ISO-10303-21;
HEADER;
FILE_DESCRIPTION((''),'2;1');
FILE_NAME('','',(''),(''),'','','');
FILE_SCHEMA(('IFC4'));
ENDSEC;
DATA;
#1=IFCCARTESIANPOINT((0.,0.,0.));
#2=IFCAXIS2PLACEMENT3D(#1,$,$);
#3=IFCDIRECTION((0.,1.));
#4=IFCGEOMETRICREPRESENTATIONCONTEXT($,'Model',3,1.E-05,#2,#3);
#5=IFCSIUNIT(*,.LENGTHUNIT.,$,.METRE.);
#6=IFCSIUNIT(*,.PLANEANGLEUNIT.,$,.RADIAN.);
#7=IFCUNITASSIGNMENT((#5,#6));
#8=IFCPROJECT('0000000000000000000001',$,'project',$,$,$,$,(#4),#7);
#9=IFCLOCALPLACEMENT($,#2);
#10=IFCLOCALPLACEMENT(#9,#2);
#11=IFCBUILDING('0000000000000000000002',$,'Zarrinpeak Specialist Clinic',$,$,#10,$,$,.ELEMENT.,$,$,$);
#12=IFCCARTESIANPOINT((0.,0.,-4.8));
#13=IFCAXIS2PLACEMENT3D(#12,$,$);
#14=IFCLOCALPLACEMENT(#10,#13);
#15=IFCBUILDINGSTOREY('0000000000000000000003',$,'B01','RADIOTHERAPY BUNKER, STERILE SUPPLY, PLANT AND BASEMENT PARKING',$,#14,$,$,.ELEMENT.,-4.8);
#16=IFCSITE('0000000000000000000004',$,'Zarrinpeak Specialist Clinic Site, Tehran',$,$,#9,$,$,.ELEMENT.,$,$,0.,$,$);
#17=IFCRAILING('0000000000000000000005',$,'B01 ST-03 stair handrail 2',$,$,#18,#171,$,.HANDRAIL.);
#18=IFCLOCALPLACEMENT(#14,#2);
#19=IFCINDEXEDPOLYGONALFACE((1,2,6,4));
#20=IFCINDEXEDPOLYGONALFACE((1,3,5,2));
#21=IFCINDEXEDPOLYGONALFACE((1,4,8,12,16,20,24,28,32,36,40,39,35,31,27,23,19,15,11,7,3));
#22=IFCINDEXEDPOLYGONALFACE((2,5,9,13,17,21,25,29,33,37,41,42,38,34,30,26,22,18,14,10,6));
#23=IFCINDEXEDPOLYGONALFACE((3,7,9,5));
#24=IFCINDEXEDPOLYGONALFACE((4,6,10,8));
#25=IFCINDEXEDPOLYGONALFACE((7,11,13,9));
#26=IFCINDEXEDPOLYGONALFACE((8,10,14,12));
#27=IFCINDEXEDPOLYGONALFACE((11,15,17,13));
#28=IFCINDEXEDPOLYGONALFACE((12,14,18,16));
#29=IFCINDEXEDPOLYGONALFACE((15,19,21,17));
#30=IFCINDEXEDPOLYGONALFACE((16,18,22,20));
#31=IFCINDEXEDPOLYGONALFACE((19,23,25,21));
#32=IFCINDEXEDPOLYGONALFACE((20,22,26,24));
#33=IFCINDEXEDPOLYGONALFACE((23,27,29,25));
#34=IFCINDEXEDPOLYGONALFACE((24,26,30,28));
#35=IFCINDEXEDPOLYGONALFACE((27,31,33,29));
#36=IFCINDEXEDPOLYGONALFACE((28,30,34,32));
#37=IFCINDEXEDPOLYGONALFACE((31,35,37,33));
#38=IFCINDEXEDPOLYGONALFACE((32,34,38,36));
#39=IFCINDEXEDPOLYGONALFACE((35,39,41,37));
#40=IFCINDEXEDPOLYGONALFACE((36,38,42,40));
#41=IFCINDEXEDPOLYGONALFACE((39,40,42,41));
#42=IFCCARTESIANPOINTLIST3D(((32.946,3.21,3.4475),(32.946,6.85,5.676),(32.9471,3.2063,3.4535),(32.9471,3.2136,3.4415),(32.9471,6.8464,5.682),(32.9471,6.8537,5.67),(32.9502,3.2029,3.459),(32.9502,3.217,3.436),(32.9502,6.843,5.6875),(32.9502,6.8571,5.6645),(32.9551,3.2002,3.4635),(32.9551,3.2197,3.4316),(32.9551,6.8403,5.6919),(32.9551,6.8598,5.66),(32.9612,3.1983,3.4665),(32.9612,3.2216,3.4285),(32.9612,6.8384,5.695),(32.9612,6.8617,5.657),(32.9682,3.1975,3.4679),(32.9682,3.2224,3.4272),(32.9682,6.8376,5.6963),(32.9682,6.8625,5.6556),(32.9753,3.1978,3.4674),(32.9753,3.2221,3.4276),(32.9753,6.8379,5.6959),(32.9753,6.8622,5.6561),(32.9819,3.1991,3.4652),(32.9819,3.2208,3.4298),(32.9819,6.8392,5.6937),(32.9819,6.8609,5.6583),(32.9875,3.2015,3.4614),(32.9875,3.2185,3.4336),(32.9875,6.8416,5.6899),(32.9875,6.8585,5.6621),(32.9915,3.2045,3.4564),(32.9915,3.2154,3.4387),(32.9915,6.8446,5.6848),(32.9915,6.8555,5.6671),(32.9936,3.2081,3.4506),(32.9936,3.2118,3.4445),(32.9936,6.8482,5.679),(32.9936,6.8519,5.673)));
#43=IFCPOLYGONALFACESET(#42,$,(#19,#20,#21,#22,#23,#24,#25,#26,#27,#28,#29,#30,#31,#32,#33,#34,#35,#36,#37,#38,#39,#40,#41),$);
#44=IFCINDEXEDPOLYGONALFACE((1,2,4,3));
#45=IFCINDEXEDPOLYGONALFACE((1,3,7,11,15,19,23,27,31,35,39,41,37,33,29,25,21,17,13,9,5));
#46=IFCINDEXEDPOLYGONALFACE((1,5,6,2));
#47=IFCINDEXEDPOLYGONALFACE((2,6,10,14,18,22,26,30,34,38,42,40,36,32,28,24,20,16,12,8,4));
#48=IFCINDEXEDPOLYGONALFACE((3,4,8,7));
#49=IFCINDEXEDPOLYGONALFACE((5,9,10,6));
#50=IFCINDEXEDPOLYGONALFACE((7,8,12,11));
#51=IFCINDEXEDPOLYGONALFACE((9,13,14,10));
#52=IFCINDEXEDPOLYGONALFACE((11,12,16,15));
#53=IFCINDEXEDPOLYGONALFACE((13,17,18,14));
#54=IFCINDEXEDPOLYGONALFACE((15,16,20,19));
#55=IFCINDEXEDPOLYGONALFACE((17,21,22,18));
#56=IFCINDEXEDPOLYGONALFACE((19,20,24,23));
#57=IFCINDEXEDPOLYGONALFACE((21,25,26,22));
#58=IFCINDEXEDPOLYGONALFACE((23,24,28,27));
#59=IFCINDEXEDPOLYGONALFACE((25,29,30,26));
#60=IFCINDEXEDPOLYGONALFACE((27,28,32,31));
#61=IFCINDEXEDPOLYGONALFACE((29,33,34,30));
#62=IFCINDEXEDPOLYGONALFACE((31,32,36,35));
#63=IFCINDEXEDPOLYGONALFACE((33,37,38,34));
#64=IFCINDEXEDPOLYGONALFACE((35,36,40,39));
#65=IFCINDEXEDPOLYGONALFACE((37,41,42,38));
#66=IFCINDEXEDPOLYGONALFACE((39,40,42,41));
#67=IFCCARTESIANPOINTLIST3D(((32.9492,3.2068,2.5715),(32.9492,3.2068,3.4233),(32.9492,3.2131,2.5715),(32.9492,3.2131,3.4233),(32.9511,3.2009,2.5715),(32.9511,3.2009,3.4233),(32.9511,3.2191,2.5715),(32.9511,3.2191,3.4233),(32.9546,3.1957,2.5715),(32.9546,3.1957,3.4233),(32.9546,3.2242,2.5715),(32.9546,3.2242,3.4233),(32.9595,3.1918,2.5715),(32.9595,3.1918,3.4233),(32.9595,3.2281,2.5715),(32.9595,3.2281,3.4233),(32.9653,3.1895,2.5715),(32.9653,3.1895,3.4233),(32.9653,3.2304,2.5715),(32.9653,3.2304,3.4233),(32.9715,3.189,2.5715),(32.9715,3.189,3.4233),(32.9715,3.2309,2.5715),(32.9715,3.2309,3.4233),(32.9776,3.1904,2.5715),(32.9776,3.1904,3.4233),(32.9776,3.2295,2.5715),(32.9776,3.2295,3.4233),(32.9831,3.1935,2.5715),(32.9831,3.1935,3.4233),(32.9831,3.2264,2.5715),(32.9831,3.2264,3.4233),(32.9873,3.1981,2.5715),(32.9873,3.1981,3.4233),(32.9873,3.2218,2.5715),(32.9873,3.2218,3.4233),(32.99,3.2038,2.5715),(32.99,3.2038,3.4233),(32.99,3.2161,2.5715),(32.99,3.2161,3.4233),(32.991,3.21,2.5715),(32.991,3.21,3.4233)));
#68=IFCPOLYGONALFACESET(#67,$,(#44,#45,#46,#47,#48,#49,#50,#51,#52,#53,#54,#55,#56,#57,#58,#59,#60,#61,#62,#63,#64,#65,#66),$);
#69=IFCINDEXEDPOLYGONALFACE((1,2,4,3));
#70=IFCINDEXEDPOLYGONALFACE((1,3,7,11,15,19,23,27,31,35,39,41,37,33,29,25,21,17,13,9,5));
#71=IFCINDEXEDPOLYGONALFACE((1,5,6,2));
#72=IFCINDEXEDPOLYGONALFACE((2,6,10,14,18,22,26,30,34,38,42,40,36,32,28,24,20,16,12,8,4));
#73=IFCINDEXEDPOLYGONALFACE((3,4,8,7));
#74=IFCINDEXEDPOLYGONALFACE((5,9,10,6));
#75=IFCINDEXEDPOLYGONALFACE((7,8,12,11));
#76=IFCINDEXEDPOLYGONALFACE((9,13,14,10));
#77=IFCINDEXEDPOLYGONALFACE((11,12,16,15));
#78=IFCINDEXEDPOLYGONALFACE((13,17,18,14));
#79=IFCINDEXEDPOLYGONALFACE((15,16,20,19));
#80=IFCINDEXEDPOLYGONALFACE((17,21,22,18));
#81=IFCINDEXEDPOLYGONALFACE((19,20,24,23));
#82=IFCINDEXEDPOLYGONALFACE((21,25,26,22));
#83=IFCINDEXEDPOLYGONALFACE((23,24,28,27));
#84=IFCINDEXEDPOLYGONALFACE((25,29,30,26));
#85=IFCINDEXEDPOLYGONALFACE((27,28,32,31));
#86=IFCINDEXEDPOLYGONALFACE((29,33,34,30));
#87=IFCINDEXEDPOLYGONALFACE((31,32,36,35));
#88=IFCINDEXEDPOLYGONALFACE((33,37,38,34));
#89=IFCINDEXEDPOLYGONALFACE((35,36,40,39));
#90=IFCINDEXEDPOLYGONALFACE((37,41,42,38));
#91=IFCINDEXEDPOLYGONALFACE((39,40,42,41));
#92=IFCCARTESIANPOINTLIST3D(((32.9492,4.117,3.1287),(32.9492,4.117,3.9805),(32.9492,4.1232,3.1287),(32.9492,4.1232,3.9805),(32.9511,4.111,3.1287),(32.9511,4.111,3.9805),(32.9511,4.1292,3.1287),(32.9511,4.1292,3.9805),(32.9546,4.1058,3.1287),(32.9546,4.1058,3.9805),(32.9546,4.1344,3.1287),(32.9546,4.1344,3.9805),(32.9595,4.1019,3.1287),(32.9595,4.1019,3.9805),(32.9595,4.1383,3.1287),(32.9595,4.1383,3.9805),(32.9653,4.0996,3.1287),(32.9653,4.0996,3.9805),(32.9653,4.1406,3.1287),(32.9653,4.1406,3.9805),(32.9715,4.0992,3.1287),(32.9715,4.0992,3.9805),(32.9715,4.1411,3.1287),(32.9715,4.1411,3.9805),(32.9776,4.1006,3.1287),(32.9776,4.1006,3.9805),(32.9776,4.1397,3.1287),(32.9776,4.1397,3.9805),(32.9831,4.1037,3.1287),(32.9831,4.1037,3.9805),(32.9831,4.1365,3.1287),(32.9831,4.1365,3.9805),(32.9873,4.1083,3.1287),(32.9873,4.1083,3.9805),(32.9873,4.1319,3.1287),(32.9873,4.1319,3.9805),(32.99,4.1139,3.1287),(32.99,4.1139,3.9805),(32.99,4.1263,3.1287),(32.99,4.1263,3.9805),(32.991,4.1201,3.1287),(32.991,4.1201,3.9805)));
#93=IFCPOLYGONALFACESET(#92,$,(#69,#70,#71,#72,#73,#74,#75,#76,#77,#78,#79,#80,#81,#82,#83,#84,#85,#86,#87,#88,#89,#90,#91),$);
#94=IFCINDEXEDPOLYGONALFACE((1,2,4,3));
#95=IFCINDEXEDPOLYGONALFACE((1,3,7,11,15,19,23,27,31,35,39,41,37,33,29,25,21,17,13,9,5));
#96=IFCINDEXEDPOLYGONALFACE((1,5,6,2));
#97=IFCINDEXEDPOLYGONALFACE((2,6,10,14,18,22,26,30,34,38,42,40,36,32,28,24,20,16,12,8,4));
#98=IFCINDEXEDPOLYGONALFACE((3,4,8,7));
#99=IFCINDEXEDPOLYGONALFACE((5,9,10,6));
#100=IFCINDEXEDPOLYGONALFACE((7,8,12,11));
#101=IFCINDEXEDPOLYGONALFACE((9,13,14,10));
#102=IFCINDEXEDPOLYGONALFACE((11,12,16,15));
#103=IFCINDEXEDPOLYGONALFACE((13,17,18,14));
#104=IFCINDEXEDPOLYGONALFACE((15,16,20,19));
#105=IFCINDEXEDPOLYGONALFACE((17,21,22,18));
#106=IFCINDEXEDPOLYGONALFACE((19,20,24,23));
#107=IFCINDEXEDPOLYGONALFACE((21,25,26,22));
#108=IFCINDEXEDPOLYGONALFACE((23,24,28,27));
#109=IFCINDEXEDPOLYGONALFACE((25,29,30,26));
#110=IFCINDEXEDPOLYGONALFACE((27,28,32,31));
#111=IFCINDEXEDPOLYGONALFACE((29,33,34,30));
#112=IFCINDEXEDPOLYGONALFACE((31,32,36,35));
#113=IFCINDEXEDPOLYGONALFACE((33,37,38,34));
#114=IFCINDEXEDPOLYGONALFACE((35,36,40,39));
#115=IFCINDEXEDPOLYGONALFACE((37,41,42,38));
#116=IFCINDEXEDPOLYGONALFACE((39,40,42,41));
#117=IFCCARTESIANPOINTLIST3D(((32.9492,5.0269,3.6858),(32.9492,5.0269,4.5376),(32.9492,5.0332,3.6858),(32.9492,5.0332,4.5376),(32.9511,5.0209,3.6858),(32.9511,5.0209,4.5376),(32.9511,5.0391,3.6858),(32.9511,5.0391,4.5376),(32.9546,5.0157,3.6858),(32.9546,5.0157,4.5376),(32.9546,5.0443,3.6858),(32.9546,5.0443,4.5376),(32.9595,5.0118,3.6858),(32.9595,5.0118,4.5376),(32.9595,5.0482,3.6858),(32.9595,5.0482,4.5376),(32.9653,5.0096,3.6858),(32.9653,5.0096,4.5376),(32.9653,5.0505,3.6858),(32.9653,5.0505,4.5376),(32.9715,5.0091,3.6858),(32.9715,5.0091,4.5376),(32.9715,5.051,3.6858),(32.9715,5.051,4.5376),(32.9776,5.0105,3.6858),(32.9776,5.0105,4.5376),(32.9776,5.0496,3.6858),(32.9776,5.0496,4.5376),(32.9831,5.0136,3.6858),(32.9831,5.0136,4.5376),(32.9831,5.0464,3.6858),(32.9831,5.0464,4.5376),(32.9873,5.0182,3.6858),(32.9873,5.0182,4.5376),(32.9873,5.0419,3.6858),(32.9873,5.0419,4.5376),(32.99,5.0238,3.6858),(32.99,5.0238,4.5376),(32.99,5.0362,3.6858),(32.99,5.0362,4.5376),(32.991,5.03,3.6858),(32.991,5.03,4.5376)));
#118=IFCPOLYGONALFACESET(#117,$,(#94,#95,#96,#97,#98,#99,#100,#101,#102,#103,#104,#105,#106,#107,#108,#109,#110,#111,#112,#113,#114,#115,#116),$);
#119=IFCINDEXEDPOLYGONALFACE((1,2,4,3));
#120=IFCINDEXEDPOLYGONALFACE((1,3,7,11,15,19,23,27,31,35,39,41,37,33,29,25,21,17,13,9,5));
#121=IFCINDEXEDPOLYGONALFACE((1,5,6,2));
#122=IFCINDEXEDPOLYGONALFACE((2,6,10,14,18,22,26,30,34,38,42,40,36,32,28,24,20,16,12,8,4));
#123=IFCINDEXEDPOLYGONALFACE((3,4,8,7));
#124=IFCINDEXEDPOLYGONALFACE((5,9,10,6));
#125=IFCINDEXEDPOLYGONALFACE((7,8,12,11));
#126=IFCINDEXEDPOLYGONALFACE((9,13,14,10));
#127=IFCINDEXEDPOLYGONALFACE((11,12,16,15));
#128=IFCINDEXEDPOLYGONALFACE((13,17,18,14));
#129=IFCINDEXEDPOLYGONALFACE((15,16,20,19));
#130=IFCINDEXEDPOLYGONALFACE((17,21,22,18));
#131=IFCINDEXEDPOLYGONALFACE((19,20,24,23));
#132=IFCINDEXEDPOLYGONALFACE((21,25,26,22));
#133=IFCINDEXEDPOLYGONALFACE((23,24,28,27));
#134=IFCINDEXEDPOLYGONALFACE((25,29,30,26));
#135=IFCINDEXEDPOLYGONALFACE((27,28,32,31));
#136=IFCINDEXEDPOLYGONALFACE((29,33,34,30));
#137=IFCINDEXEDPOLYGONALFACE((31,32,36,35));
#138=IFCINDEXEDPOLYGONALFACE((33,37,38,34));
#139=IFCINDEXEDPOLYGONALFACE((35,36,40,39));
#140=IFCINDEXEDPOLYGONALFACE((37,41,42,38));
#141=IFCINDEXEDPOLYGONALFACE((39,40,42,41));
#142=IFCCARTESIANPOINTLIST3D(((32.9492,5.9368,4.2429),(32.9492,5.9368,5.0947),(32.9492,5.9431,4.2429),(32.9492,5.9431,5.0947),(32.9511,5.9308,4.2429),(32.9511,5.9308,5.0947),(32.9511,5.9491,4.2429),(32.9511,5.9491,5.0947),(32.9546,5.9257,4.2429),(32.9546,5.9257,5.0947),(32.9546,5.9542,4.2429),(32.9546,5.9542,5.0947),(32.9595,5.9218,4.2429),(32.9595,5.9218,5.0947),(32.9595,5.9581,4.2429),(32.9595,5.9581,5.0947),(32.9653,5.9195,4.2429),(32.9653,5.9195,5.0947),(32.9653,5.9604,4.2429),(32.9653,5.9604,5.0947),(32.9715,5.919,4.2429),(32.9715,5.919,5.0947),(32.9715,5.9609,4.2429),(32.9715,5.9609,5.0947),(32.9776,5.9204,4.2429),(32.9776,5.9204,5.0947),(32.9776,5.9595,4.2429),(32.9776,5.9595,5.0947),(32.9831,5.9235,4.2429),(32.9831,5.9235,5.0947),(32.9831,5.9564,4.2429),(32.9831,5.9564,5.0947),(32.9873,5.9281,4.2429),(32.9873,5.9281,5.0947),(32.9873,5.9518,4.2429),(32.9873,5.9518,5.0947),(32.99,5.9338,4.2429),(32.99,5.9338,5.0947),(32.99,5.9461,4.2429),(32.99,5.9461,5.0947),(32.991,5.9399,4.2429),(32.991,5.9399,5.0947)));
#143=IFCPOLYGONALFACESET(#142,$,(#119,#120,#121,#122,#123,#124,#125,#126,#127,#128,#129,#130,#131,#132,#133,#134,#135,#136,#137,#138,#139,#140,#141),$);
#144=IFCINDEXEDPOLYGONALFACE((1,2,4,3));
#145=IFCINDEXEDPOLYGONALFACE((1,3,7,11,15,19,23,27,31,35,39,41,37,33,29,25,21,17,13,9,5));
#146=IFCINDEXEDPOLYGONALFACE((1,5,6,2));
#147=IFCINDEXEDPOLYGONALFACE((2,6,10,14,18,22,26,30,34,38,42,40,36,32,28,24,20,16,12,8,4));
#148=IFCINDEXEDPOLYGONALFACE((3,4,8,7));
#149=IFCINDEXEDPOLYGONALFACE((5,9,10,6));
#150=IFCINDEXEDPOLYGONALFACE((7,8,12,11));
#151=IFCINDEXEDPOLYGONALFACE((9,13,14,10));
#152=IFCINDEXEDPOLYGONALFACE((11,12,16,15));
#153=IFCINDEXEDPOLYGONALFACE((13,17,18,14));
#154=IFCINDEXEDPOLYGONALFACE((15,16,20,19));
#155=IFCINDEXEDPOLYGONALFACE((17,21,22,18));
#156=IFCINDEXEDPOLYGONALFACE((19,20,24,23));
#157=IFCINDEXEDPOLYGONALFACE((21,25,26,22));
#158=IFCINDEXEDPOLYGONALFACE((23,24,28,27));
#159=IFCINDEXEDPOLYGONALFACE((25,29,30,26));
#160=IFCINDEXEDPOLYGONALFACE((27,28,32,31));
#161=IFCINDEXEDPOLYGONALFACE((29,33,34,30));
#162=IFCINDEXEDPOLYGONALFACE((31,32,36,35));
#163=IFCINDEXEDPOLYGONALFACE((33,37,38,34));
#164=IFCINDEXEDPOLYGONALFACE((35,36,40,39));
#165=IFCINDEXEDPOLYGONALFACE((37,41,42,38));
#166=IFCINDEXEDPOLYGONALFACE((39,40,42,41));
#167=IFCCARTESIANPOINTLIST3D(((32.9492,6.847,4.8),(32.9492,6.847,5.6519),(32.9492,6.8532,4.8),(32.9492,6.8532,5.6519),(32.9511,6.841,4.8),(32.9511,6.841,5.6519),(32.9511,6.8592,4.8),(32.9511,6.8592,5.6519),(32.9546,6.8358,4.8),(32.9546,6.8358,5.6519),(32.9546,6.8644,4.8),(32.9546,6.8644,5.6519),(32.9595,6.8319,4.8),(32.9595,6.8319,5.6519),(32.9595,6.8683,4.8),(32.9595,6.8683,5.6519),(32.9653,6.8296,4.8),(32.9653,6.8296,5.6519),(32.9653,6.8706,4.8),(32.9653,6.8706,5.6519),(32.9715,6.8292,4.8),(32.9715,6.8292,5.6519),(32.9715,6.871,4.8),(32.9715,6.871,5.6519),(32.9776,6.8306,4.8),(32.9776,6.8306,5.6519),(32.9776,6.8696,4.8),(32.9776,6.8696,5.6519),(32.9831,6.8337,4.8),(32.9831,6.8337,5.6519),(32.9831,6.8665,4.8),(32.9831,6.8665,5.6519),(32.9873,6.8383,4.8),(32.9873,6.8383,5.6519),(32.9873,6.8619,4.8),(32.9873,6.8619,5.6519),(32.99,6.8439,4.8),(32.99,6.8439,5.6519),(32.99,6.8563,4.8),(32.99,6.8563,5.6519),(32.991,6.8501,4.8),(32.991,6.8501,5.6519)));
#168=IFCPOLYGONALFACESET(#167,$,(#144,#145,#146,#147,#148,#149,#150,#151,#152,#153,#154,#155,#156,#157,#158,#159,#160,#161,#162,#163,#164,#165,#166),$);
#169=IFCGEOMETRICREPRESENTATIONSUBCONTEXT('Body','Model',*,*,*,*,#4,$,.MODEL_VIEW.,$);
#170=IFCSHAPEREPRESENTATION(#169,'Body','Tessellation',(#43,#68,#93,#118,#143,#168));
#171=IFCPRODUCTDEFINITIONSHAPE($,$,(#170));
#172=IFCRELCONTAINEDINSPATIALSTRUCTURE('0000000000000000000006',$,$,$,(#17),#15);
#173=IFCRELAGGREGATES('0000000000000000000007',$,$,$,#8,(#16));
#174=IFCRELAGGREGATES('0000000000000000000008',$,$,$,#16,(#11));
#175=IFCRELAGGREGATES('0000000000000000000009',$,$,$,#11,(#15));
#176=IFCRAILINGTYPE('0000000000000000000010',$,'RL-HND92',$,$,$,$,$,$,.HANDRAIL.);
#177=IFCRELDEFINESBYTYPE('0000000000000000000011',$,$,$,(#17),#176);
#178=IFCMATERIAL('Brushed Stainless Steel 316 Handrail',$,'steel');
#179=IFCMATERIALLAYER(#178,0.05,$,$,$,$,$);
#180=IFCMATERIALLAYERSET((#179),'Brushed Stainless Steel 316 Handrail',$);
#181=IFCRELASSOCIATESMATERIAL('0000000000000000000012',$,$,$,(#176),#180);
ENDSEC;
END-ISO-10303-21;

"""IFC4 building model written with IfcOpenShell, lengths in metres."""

from ifc_helpers import new_model, si_unit, direction, frame, origin, origin_2d, place, context, subcontext, project, spatial, circle, extrude, material, layer, layer_set, type_object, element, save


model = new_model("IFC4")

# Units and contexts
model_context = context("Model", 3, precision=1e-05, world=origin(), true_north=direction((0.0, 1.0)))
body_context = subcontext(model_context, "Body", "Model", "MODEL_VIEW")
ifc_project = project(units=[si_unit("LENGTHUNIT", "METRE"), si_unit("PLANEANGLEUNIT", "RADIAN")], contexts=[model_context])

# Site, building, storey
site_placement = place(None, origin())
site = spatial("IfcSite", under=ifc_project, at=site_placement, Name="Zarrinpeak Specialist Clinic Site, Tehran", CompositionType="ELEMENT", RefElevation=0.0)
building_placement = place(site_placement, origin())
building = spatial("IfcBuilding", under=site, at=building_placement, Name="Zarrinpeak Specialist Clinic", CompositionType="ELEMENT")
storey_placement = place(building_placement, frame((0.0, 0.0, -4.8)))
storey = spatial("IfcBuildingStorey", under=building, at=storey_placement, Name="B01", Description="RADIOTHERAPY BUNKER, STERILE SUPPLY, PLANT AND BASEMENT PARKING", CompositionType="ELEMENT", Elevation=-4.8)

# Railing
ifc_material_1 = material(Name="Brushed Stainless Steel 316 Handrail", Category="steel")
ifc_layer_1 = layer(ifc_material_1, 0.05)
ifc_layer_set_1 = layer_set([ifc_layer_1], Name="Brushed Stainless Steel 316 Handrail")
railing_type_1 = type_object("IfcRailingType", Name="RL-HND92", PredefinedType="HANDRAIL", material=ifc_layer_set_1)
railing_1_placement = place(storey_placement, frame((32.97, 3.21, 2.5715)))
element("IfcRailing", 1, at=railing_1_placement, inside=storey, type_object=railing_type_1, Name="B01 ST-03 stair handrail 2", PredefinedType="HANDRAIL", context=body_context, shape_type="SweptSolid", body=[
    extrude(circle(Radius=0.0239, at=origin_2d()), frame((0.0, 0.0, 0.876), z_axis=(0.0, 0.852866, 0.52213), x_axis=(-1.0, 0.0, 0.0)), (0.0, 0.0, 1.0), 4.2681),
    extrude(circle(Radius=0.021, at=origin_2d()), origin(), (0.0, 0.0, 1.0), 0.8518),
    extrude(circle(Radius=0.021, at=origin_2d()), frame((0.0, 0.9102, 0.5571)), (0.0, 0.0, 1.0), 0.8518),
    extrude(circle(Radius=0.021, at=origin_2d()), frame((0.0, 1.8201, 1.1143)), (0.0, 0.0, 1.0), 0.8518),
    extrude(circle(Radius=0.021, at=origin_2d()), frame((0.0, 2.73, 1.6714)), (0.0, 0.0, 1.0), 0.8518),
    extrude(circle(Radius=0.021, at=origin_2d()), frame((0.0, 3.6401, 2.2285)), (0.0, 0.0, 1.0), 0.8518),
])

save(model, "model.ifc")
